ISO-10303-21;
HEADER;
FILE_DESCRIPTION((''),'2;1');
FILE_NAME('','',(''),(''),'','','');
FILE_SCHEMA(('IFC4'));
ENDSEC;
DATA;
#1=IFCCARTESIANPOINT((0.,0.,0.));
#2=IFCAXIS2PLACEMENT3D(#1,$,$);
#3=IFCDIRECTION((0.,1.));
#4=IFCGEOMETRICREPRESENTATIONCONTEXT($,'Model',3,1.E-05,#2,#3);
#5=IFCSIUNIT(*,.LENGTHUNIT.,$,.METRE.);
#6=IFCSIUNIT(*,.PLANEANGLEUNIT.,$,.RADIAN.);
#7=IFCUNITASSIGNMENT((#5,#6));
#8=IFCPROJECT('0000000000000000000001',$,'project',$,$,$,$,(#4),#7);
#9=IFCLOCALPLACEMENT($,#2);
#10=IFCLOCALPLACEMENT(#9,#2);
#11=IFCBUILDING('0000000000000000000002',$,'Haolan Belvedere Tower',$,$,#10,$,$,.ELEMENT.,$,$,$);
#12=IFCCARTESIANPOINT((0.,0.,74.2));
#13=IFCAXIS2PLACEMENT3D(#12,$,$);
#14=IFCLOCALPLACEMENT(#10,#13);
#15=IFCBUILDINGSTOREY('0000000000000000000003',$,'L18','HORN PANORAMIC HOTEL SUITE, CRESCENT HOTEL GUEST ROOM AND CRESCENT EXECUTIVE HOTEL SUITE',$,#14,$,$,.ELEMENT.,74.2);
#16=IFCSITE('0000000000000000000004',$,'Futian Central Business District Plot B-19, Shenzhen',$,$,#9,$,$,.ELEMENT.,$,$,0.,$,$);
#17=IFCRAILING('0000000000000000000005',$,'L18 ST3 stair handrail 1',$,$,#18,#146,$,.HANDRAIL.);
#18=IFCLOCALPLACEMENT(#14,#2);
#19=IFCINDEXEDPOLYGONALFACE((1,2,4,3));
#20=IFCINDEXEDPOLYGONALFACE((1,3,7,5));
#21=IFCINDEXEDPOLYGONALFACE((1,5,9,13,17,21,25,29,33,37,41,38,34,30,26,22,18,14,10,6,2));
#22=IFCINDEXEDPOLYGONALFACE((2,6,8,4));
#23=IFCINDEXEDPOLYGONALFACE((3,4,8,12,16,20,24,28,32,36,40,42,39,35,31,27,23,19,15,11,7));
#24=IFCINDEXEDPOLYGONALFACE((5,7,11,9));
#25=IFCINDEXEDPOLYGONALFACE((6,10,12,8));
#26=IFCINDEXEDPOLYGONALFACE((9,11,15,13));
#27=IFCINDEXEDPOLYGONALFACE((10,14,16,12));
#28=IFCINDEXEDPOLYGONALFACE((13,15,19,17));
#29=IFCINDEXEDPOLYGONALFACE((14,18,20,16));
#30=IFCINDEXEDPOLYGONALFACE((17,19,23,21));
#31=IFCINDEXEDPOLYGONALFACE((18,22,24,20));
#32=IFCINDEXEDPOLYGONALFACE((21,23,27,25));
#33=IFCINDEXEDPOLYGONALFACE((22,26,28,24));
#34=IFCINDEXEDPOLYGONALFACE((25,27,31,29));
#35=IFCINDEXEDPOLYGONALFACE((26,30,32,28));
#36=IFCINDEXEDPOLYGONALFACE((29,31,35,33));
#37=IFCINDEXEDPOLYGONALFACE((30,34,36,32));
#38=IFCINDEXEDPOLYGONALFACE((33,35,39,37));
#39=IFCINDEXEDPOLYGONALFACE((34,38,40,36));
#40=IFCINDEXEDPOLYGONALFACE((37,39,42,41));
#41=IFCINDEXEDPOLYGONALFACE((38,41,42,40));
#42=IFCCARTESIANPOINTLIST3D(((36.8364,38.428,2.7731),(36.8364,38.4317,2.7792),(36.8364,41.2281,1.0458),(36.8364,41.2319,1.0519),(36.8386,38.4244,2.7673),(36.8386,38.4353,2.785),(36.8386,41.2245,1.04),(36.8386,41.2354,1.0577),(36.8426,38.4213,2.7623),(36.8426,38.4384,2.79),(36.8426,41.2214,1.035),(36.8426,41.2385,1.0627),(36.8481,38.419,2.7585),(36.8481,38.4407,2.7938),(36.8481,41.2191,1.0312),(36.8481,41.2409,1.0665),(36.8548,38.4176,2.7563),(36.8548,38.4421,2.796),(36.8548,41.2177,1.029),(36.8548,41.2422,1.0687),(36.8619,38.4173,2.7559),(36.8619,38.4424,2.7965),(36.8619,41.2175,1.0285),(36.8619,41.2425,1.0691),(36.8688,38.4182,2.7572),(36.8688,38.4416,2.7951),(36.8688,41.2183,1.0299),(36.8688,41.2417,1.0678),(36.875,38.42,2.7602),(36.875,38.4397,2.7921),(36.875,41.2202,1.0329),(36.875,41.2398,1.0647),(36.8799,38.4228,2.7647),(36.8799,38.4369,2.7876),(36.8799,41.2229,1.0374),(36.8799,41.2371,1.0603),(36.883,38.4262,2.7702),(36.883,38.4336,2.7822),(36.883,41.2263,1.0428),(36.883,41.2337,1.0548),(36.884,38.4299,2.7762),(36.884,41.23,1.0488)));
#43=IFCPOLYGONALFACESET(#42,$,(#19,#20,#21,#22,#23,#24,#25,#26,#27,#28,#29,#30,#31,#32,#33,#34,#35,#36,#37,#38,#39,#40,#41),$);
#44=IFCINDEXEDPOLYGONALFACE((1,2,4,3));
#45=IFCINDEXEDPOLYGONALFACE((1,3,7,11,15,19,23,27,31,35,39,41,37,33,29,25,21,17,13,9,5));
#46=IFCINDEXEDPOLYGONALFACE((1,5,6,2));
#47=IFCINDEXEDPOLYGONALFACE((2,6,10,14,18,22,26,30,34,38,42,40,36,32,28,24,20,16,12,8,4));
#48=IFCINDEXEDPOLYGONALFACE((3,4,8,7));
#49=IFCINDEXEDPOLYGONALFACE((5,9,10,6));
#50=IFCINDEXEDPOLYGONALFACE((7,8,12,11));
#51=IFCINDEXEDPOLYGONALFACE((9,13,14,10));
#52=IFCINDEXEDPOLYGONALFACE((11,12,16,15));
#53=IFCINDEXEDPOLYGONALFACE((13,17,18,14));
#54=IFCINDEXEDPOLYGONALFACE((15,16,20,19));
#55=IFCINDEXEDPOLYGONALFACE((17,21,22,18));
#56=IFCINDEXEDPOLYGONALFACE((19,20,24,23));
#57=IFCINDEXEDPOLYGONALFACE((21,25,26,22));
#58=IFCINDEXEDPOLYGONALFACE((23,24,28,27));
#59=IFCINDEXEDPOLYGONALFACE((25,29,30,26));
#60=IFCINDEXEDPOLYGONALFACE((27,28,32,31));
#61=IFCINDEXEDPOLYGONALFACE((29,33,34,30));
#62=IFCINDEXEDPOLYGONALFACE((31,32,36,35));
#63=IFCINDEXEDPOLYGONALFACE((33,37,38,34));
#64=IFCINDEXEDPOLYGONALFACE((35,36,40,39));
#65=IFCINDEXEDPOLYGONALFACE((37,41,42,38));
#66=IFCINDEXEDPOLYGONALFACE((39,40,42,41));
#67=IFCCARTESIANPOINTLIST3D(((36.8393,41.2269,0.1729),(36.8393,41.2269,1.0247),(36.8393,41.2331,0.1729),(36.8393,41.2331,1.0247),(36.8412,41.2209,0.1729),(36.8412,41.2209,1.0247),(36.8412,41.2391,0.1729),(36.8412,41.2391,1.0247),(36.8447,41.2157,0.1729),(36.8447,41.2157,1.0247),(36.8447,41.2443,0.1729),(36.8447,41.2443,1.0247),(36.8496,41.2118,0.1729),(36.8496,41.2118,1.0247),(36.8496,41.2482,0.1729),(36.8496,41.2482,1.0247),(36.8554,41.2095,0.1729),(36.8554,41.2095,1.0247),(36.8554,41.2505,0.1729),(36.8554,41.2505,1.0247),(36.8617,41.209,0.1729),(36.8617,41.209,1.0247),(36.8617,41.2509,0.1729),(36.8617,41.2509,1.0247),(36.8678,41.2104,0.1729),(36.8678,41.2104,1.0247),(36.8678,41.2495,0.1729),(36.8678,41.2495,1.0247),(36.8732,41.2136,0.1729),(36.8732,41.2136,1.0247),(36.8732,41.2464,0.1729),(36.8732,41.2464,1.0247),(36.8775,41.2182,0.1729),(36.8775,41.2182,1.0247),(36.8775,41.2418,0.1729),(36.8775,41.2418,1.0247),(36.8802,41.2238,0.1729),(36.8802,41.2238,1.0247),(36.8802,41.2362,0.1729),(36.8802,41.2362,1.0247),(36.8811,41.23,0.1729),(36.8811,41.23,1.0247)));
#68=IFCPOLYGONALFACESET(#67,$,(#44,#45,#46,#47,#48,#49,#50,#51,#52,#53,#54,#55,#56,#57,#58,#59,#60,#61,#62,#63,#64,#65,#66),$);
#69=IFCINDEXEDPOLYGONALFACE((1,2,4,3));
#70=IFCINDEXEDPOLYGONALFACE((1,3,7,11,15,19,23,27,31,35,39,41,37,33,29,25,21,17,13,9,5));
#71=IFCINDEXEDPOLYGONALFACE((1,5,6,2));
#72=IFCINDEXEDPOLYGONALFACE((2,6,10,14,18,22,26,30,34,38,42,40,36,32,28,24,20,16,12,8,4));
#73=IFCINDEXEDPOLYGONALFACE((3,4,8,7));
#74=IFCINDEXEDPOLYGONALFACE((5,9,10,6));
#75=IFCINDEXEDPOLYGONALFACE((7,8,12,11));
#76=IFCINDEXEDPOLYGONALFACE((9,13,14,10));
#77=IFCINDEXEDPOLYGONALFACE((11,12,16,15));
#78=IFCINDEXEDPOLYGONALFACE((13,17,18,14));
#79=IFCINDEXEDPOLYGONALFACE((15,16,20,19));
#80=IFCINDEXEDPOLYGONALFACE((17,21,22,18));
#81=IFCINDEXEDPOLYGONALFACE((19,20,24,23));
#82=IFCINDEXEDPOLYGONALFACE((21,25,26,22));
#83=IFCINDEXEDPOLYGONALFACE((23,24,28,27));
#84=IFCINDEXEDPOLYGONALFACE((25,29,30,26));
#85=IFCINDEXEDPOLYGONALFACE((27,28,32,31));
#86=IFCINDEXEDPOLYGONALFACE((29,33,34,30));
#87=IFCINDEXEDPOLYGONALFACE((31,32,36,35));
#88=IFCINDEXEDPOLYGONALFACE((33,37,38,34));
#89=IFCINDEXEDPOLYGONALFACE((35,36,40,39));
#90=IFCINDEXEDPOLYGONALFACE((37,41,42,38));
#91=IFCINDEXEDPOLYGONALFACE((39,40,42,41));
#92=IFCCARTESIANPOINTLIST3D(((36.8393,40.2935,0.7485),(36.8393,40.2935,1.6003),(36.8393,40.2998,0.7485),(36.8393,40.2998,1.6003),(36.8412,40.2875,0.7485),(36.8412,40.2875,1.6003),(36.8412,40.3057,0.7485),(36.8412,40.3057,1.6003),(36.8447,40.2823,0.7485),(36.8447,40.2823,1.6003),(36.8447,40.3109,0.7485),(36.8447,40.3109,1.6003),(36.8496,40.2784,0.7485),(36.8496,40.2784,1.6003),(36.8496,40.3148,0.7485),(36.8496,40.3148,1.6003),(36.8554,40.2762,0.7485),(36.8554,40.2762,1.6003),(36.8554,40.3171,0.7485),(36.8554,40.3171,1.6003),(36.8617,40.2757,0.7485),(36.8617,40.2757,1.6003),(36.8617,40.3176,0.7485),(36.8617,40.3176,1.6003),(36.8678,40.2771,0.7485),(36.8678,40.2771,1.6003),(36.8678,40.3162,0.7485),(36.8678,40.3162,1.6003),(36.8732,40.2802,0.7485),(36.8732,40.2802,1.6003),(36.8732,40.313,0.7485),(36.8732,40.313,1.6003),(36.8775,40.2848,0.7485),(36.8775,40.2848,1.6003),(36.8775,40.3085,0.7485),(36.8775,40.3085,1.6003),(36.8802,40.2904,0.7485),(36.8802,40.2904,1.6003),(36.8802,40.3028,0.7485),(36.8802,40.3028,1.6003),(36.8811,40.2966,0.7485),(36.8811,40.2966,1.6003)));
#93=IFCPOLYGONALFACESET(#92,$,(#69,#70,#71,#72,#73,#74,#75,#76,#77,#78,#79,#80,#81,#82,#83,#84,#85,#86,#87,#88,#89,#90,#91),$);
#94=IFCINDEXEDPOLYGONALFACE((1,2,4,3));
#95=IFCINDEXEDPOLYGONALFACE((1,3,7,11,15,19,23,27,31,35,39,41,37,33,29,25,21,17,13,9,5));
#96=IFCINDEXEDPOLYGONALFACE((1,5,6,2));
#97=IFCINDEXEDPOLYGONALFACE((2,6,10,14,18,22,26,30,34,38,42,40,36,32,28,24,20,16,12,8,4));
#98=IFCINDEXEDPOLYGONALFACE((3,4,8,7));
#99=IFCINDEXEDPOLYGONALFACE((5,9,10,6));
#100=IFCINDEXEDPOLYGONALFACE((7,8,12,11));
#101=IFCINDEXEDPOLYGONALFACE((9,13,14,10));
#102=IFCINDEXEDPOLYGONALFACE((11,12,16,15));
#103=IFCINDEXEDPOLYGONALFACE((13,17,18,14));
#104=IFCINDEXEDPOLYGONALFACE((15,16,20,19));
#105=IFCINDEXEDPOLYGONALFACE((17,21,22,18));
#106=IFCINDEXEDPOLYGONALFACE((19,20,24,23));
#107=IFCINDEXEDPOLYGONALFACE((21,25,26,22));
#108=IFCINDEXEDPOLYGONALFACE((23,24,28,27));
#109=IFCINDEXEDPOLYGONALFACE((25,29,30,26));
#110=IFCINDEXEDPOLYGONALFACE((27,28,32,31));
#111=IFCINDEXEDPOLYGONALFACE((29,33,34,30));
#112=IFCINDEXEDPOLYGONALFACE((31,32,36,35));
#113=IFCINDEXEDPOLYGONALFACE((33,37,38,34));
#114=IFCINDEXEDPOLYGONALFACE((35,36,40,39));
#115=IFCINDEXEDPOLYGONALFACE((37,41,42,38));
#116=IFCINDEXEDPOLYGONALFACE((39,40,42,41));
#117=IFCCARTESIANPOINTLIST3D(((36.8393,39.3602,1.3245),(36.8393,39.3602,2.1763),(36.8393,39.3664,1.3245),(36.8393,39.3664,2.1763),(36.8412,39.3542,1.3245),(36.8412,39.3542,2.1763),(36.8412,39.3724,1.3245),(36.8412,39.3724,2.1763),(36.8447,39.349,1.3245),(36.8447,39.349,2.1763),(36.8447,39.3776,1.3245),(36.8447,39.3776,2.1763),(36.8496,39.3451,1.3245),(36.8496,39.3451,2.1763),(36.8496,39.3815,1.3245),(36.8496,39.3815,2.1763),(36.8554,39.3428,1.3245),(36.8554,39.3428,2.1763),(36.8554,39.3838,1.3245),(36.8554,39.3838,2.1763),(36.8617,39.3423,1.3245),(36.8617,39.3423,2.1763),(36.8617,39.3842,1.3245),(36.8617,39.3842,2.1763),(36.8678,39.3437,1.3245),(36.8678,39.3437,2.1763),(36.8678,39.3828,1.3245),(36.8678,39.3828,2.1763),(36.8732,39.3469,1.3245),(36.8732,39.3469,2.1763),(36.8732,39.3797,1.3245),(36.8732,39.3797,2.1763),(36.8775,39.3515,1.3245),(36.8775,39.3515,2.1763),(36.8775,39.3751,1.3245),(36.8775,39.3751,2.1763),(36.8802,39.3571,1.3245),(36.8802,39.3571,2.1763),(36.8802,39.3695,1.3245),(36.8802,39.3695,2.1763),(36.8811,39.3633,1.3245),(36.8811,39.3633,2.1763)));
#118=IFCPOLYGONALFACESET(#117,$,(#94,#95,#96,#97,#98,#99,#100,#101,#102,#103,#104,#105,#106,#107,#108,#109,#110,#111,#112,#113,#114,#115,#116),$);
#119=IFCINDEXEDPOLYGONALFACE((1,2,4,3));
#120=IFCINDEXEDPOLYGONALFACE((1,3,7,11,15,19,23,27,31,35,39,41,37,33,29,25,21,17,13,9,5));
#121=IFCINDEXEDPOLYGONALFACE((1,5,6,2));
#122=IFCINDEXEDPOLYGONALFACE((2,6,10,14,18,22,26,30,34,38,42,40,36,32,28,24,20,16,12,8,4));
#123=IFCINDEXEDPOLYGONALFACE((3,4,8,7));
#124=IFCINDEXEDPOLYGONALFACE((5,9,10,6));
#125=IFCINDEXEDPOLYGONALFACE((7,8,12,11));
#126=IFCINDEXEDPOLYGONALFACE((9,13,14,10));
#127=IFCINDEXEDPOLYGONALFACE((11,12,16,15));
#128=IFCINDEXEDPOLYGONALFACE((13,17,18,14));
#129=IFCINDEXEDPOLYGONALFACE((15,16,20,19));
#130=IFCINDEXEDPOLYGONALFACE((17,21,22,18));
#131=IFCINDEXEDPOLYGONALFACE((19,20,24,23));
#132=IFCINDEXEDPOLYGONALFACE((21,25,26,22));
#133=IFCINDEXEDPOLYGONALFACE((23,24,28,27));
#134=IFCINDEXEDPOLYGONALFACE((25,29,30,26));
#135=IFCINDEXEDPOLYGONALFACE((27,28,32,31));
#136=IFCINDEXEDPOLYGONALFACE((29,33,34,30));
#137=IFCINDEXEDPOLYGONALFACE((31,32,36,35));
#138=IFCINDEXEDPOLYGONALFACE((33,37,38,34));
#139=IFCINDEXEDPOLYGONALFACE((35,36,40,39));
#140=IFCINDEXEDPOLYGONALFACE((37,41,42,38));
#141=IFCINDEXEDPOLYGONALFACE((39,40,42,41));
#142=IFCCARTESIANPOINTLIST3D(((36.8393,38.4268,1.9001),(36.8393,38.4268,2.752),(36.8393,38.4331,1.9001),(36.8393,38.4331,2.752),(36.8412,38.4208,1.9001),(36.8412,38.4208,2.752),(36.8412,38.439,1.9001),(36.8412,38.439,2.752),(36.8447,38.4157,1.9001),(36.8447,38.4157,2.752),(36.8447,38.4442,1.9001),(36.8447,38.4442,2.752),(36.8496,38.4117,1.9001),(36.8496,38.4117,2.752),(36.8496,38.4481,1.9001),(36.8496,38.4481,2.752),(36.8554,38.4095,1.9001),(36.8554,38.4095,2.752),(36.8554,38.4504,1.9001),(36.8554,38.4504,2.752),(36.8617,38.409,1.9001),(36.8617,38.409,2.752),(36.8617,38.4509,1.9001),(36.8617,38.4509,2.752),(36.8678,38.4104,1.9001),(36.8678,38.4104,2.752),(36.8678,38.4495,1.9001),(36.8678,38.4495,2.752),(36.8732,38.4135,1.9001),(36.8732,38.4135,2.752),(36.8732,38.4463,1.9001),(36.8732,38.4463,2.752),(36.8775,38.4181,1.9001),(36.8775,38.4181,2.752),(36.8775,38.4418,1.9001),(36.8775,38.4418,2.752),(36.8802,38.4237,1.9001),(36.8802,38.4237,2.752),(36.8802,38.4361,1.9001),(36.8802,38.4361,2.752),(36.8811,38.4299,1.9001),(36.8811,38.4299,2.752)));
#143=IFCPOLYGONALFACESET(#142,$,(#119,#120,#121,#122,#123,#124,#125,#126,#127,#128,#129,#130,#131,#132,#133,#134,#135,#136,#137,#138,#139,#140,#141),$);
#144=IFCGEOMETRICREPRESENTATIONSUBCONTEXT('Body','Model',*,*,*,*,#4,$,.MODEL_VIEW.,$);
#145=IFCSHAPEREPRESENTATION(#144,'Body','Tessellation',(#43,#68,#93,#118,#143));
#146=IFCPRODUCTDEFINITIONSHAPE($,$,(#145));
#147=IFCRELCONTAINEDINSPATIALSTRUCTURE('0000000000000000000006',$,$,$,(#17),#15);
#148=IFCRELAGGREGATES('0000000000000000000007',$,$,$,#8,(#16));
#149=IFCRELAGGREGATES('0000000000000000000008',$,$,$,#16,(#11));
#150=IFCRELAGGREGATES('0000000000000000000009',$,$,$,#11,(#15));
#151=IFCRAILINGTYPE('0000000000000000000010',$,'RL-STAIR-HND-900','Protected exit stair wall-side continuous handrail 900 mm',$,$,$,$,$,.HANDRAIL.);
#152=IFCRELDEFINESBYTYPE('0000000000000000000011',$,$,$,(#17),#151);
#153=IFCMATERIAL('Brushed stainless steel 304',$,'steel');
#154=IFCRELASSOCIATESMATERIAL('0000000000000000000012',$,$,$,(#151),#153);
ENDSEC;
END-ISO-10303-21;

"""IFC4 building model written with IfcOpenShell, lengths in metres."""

from ifc_helpers import new_model, si_unit, direction, frame, origin, origin_2d, place, context, subcontext, project, spatial, circle, extrude, material, type_object, element, save


model = new_model("IFC4")

# Units and contexts
model_context = context("Model", 3, precision=1e-05, world=origin(), true_north=direction((0.0, 1.0)))
body_context = subcontext(model_context, "Body", "Model", "MODEL_VIEW")
ifc_project = project(units=[si_unit("LENGTHUNIT", "METRE"), si_unit("PLANEANGLEUNIT", "RADIAN")], contexts=[model_context])

# Site, building, storey
site_placement = place(None, origin())
site = spatial("IfcSite", under=ifc_project, at=site_placement, Name="Futian Central Business District Plot B-19, Shenzhen", CompositionType="ELEMENT", RefElevation=0.0)
building_placement = place(site_placement, origin())
building = spatial("IfcBuilding", under=site, at=building_placement, Name="Haolan Belvedere Tower", CompositionType="ELEMENT")
storey_placement = place(building_placement, frame((0.0, 0.0, 74.2)))
storey = spatial("IfcBuildingStorey", under=building, at=storey_placement, Name="L18", Description="HORN PANORAMIC HOTEL SUITE, CRESCENT HOTEL GUEST ROOM AND CRESCENT EXECUTIVE HOTEL SUITE", CompositionType="ELEMENT", Elevation=74.2)

# Railing
ifc_material_1 = material(Name="Brushed stainless steel 304", Category="steel")
railing_type_1 = type_object("IfcRailingType", Name="RL-STAIR-HND-900", Description="Protected exit stair wall-side continuous handrail 900 mm", PredefinedType="HANDRAIL", material=ifc_material_1)
railing_1_placement = place(storey_placement, frame((36.8601, 41.23, 0.1729)))
element("IfcRailing", 1, at=railing_1_placement, inside=storey, type_object=railing_type_1, Name="L18 ST3 stair handrail 1", PredefinedType="HANDRAIL", context=body_context, shape_type="SweptSolid", body=[
    extrude(circle(Radius=0.0239, at=origin_2d()), frame((0.0, 0.0, 0.876), z_axis=(0.0, -0.85109, 0.52502), x_axis=(1.0, 0.0, 0.0)), (0.0, 0.0, 1.0), 3.29),
    extrude(circle(Radius=0.021, at=origin_2d()), origin(), (0.0, 0.0, 1.0), 0.8518),
    extrude(circle(Radius=0.021, at=origin_2d()), frame((0.0, -0.9333, 0.5757)), (0.0, 0.0, 1.0), 0.8518),
    extrude(circle(Radius=0.021, at=origin_2d()), frame((0.0, -1.8667, 1.1516)), (0.0, 0.0, 1.0), 0.8518),
    extrude(circle(Radius=0.021, at=origin_2d()), frame((0.0, -2.8, 1.7273)), (0.0, 0.0, 1.0), 0.8518),
])

save(model, "model.ifc")
